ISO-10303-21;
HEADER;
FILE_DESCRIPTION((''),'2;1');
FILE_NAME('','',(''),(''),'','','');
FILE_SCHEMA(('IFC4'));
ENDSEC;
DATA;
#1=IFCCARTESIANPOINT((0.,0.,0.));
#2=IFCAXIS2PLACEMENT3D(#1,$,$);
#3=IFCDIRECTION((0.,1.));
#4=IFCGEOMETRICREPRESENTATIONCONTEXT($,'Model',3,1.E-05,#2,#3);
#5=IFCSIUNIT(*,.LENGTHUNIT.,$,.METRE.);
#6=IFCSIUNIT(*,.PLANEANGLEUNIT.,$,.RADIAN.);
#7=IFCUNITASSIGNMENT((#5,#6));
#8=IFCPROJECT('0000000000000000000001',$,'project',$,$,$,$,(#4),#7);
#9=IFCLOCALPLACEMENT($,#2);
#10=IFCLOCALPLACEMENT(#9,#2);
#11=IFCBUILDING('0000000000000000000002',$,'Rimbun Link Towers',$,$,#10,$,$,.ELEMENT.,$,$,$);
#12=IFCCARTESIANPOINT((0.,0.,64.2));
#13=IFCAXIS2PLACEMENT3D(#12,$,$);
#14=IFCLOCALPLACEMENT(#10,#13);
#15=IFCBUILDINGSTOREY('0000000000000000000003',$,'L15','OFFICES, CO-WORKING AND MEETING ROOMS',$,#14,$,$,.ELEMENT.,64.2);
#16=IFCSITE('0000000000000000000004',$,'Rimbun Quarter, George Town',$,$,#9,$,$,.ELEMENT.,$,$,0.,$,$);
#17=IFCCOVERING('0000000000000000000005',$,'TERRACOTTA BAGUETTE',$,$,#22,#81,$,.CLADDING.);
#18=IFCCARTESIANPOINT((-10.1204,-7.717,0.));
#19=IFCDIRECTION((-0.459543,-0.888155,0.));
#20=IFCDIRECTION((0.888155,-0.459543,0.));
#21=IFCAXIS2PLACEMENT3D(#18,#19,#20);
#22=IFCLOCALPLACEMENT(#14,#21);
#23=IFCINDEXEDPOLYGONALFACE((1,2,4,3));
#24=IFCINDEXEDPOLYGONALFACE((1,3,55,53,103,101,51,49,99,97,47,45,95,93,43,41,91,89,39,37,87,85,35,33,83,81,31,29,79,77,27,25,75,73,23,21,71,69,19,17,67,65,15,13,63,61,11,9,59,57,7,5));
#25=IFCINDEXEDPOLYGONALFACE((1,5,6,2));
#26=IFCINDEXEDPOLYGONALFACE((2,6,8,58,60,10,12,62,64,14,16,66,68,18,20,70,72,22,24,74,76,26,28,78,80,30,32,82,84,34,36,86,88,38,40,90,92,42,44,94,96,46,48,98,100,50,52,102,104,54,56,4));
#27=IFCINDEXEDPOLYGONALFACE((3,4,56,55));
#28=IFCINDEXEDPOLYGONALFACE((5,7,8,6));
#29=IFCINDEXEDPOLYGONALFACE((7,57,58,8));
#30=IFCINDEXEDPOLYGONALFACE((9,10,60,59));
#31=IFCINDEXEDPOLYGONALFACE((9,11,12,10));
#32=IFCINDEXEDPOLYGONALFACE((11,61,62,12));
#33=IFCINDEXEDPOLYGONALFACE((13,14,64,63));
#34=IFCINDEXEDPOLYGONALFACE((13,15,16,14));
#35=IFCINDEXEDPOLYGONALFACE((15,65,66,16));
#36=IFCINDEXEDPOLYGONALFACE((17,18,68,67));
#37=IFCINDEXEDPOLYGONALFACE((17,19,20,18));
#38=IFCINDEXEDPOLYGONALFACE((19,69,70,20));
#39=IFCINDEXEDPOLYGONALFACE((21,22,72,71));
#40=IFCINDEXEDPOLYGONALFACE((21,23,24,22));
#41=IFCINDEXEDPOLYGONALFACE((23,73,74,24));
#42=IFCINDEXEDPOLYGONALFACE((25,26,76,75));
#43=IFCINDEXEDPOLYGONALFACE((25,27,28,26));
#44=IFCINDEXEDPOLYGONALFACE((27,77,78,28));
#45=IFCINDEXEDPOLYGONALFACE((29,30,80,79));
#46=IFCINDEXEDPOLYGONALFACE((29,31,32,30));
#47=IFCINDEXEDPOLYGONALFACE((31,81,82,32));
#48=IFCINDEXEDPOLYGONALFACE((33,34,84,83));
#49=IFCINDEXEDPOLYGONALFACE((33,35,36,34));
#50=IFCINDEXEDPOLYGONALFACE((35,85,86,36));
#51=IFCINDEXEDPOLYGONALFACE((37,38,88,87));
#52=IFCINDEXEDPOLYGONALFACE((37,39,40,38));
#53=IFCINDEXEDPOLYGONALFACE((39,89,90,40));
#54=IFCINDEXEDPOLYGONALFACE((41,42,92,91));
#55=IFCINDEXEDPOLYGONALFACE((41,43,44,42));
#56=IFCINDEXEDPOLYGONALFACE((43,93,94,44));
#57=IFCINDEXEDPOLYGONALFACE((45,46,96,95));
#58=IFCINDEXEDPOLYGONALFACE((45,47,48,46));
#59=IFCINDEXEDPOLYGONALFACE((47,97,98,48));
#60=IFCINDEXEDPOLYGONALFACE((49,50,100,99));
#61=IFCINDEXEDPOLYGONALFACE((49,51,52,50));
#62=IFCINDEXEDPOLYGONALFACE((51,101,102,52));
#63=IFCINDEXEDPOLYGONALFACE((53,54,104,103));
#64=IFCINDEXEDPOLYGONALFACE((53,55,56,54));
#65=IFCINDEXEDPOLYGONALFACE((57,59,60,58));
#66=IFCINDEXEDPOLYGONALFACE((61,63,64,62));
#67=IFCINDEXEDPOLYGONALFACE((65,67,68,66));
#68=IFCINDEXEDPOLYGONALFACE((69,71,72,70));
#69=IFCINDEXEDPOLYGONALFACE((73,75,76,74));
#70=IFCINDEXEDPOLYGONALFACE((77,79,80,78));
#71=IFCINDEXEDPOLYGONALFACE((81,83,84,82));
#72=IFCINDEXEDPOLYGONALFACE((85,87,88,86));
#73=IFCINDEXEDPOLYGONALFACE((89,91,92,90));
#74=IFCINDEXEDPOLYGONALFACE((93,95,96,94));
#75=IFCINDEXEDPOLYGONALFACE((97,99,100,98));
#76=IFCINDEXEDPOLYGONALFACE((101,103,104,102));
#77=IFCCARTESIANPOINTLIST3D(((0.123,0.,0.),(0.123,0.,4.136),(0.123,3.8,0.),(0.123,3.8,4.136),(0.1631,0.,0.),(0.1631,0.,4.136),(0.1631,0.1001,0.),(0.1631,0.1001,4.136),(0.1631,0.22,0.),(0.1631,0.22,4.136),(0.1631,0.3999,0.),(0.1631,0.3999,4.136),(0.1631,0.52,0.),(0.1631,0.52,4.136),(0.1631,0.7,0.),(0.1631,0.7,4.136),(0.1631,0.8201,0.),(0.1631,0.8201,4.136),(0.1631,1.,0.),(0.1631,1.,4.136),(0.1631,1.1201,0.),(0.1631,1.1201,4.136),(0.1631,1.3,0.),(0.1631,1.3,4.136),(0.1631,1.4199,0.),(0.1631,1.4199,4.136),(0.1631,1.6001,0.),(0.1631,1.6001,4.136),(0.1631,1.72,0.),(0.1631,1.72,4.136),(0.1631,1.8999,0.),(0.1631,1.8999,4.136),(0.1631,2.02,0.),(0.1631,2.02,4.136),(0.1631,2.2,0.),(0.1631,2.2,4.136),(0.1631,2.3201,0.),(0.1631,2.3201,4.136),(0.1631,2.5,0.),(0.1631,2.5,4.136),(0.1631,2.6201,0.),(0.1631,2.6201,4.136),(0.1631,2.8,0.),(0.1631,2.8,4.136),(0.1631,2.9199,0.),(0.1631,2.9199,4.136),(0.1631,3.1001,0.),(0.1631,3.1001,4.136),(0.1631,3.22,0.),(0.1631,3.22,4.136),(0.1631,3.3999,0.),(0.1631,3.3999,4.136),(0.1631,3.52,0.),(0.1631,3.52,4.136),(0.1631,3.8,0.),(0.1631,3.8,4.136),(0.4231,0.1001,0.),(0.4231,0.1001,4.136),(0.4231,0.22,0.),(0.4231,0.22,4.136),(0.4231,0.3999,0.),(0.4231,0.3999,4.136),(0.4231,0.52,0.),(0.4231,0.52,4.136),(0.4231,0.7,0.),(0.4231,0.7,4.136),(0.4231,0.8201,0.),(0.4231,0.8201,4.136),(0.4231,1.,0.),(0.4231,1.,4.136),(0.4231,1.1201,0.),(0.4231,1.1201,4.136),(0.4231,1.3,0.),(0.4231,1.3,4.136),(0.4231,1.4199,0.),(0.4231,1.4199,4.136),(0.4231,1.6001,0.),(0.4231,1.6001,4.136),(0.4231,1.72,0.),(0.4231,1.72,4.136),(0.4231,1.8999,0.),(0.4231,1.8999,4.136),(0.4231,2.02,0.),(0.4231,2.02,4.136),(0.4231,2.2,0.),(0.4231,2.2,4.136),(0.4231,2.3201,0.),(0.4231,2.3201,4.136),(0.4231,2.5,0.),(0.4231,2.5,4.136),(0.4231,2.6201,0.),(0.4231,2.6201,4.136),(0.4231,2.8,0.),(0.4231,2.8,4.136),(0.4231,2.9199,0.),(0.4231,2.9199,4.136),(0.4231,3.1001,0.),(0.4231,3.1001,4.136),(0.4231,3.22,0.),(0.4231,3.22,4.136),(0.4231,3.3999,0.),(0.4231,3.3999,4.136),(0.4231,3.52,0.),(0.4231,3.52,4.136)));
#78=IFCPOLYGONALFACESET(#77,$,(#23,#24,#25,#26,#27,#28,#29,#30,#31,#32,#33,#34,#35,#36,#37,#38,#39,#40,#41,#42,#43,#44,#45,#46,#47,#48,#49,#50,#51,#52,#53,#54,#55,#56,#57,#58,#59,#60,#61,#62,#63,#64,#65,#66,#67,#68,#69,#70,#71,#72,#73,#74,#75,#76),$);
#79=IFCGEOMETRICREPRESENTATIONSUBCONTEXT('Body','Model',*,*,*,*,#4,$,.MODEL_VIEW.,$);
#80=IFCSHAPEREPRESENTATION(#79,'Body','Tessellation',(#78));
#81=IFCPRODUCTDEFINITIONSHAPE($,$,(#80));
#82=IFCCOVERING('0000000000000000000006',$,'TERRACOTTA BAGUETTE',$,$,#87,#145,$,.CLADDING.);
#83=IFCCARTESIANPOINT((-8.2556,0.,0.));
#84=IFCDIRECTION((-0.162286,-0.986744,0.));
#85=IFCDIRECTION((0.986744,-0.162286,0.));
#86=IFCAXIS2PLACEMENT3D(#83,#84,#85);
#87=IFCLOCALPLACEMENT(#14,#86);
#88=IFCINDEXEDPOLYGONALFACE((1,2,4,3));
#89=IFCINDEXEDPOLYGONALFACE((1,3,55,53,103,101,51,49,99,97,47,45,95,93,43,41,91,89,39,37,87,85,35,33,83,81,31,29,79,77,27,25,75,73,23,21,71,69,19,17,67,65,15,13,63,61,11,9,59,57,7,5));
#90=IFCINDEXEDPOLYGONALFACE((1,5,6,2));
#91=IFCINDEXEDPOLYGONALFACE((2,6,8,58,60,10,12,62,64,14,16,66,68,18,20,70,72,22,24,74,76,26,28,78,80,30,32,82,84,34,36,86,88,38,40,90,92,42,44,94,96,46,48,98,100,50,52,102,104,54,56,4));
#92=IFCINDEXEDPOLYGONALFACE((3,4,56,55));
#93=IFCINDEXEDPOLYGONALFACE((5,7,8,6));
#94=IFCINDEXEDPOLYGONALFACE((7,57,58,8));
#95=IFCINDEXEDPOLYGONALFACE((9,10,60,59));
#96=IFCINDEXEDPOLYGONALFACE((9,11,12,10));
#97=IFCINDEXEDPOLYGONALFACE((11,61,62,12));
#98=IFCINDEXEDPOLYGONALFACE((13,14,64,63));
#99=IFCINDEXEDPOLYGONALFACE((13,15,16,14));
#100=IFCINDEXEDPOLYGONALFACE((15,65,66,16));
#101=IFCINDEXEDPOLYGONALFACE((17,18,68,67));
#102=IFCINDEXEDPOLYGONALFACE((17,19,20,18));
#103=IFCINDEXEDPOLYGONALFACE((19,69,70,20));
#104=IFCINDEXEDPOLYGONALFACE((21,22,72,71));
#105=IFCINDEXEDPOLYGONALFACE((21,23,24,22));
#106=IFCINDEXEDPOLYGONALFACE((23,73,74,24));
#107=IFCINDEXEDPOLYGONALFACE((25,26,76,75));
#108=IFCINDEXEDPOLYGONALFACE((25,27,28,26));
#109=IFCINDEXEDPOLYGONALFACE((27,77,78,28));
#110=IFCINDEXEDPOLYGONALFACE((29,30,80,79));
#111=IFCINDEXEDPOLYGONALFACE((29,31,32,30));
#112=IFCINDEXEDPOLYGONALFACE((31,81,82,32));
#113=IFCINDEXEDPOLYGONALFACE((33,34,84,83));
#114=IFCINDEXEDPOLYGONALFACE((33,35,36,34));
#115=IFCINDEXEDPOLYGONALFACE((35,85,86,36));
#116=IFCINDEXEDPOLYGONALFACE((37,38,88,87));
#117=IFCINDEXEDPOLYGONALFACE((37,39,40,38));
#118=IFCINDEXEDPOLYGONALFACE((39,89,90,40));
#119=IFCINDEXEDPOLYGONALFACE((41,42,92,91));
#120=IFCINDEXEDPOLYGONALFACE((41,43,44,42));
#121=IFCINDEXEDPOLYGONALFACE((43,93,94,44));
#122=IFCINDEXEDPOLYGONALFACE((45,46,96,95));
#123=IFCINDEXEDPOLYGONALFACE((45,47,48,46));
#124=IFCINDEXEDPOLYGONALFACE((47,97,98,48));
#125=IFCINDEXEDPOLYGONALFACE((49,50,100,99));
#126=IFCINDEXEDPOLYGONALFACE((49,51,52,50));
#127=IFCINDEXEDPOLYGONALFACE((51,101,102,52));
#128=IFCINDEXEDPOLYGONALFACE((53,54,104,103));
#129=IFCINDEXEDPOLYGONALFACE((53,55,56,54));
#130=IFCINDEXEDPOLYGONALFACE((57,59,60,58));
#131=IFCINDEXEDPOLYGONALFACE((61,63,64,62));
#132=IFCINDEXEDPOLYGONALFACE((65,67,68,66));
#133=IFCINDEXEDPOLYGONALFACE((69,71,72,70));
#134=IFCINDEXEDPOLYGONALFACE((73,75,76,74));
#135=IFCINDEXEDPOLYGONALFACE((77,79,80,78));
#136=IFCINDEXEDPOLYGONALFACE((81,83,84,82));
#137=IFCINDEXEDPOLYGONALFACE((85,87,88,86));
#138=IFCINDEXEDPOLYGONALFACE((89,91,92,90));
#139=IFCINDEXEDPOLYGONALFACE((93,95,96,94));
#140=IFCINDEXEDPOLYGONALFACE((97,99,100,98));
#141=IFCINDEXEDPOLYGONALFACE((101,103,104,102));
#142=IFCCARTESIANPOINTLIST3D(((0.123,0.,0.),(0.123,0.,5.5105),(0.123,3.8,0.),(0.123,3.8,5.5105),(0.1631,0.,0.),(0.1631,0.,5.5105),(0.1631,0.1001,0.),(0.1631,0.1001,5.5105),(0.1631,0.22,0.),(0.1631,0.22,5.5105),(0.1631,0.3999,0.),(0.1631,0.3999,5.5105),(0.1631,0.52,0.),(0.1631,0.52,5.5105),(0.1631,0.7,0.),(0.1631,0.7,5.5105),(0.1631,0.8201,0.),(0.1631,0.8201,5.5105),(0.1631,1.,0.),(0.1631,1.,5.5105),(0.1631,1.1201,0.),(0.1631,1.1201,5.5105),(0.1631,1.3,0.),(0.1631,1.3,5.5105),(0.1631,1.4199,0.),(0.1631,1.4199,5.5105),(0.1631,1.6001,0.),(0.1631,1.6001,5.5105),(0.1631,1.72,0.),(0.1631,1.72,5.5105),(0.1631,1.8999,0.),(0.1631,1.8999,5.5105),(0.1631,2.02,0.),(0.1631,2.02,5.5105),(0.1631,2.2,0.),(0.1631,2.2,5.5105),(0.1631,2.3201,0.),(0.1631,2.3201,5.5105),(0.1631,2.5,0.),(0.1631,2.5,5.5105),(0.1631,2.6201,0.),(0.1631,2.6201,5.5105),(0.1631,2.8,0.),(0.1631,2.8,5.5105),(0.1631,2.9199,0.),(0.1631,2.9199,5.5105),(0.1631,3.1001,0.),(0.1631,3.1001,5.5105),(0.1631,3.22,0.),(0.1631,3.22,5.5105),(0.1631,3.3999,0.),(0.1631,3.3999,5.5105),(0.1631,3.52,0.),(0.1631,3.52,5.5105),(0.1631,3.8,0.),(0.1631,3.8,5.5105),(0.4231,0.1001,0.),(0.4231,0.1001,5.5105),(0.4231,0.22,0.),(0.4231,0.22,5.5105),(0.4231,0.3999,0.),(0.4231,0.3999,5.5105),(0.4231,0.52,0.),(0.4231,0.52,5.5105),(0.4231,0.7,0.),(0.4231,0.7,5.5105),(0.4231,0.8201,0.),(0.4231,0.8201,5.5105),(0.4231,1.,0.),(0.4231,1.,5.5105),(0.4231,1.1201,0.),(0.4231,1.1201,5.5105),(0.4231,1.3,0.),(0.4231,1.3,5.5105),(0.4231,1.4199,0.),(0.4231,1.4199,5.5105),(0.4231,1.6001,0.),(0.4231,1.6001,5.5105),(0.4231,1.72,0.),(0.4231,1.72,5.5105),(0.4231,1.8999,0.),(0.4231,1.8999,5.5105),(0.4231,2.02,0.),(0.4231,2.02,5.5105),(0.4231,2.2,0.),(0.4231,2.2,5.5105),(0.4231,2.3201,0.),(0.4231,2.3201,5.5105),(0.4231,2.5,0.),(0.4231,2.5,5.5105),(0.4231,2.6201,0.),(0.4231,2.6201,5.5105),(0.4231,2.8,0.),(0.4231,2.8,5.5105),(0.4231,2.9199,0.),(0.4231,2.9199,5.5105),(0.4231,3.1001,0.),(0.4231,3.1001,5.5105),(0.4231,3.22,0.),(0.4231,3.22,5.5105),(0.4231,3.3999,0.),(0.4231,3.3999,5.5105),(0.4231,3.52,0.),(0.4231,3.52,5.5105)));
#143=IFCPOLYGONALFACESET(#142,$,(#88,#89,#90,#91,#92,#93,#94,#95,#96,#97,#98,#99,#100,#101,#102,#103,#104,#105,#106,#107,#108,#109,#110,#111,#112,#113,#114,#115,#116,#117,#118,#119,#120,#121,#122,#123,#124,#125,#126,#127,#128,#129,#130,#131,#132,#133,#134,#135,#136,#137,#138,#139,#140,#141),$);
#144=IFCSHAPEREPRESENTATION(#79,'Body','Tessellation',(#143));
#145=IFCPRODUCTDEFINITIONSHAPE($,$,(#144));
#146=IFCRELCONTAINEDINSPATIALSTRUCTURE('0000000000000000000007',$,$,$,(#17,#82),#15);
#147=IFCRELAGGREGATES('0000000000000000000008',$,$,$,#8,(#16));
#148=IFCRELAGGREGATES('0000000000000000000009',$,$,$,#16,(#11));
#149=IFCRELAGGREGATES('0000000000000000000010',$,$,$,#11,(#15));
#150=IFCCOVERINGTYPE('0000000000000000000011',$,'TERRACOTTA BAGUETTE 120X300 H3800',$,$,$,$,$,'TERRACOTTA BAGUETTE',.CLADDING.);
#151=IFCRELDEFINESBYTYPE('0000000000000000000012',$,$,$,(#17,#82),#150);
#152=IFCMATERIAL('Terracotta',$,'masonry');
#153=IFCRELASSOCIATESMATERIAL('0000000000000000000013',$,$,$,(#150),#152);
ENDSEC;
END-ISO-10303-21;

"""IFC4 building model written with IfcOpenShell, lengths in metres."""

from ifc_helpers import new_model, si_unit, direction, frame, origin, place, context, subcontext, project, spatial, polyline, outline, extrude, material, material_profile, profile_set, type_object, element, save


model = new_model("IFC4")

# Units and contexts
model_context = context("Model", 3, precision=1e-05, world=origin(), true_north=direction((0.0, 1.0)))
body_context = subcontext(model_context, "Body", "Model", "MODEL_VIEW")
ifc_project = project(units=[si_unit("LENGTHUNIT", "METRE"), si_unit("PLANEANGLEUNIT", "RADIAN")], contexts=[model_context])

# Site, building, storey
site_placement = place(None, origin())
site = spatial("IfcSite", under=ifc_project, at=site_placement, Name="Rimbun Quarter, George Town", CompositionType="ELEMENT", RefElevation=0.0)
building_placement = place(site_placement, origin())
building = spatial("IfcBuilding", under=site, at=building_placement, Name="Rimbun Link Towers", CompositionType="ELEMENT")
storey_placement = place(building_placement, frame((0.0, 0.0, 64.2)))
storey = spatial("IfcBuildingStorey", under=building, at=storey_placement, Name="L15", Description="OFFICES, CO-WORKING AND MEETING ROOMS", CompositionType="ELEMENT", Elevation=64.2)

# Coverings
ifc_material_1 = material(Name="Terracotta", Category="masonry")
ifc_material_profile_1 = material_profile(ifc_material_1, outline(polyline([(0.123, 0.0), (0.1631, 0.0), (0.1631, 0.1001), (0.4231, 0.1001), (0.4231, 0.22), (0.1631, 0.22), (0.1631, 0.3999), (0.4231, 0.3999), (0.4231, 0.52), (0.1631, 0.52), (0.1631, 0.7), (0.4231, 0.7), (0.4231, 0.8201), (0.1631, 0.8201), (0.1631, 1.0), (0.4231, 1.0), (0.4231, 1.1201), (0.1631, 1.1201), (0.1631, 1.3), (0.4231, 1.3), (0.4231, 1.4199), (0.1631, 1.4199), (0.1631, 1.6001), (0.4231, 1.6001), (0.4231, 1.72), (0.1631, 1.72), (0.1631, 1.8999), (0.4231, 1.8999), (0.4231, 2.02), (0.1631, 2.02), (0.1631, 2.2), (0.4231, 2.2), (0.4231, 2.3201), (0.1631, 2.3201), (0.1631, 2.5), (0.4231, 2.5), (0.4231, 2.6201), (0.1631, 2.6201), (0.1631, 2.8), (0.4231, 2.8), (0.4231, 2.9199), (0.1631, 2.9199), (0.1631, 3.1001), (0.4231, 3.1001), (0.4231, 3.22), (0.1631, 3.22), (0.1631, 3.3999), (0.4231, 3.3999), (0.4231, 3.52), (0.1631, 3.52), (0.1631, 3.8), (0.123, 3.8), (0.123, 0.0)])), Name="BAGUETTE 120X300")
ifc_profile_set_1 = profile_set([ifc_material_profile_1], Name="Terracotta")
covering_type = type_object("IfcCoveringType", Name="TERRACOTTA BAGUETTE 120X300 H3800", ElementType="TERRACOTTA BAGUETTE", PredefinedType="CLADDING", material=ifc_profile_set_1)
covering_1_placement = place(storey_placement, frame((-10.1204, -7.717, 0.0), z_axis=(-0.459543, -0.888155, 0.0), x_axis=(0.888155, -0.459543, 0.0)))
element("IfcCovering", 1, at=covering_1_placement, inside=storey, type_object=covering_type, Name="TERRACOTTA BAGUETTE", PredefinedType="CLADDING", context=body_context, shape_type="SweptSolid", body=[
    extrude(outline(polyline([(0.123, 0.0), (0.1631, 0.0), (0.1631, 0.1001), (0.4231, 0.1001), (0.4231, 0.22), (0.1631, 0.22), (0.1631, 0.3999), (0.4231, 0.3999), (0.4231, 0.52), (0.1631, 0.52), (0.1631, 0.7), (0.4231, 0.7), (0.4231, 0.8201), (0.1631, 0.8201), (0.1631, 1.0), (0.4231, 1.0), (0.4231, 1.1201), (0.1631, 1.1201), (0.1631, 1.3), (0.4231, 1.3), (0.4231, 1.4199), (0.1631, 1.4199), (0.1631, 1.6001), (0.4231, 1.6001), (0.4231, 1.72), (0.1631, 1.72), (0.1631, 1.8999), (0.4231, 1.8999), (0.4231, 2.02), (0.1631, 2.02), (0.1631, 2.2), (0.4231, 2.2), (0.4231, 2.3201), (0.1631, 2.3201), (0.1631, 2.5), (0.4231, 2.5), (0.4231, 2.6201), (0.1631, 2.6201), (0.1631, 2.8), (0.4231, 2.8), (0.4231, 2.9199), (0.1631, 2.9199), (0.1631, 3.1001), (0.4231, 3.1001), (0.4231, 3.22), (0.1631, 3.22), (0.1631, 3.3999), (0.4231, 3.3999), (0.4231, 3.52), (0.1631, 3.52), (0.1631, 3.8), (0.123, 3.8), (0.123, 0.0)])), origin(), (0.0, 0.0, 1.0), 4.136),
])
covering_2_placement = place(storey_placement, frame((-8.2556, 0.0, 0.0), z_axis=(-0.162286, -0.986744, 0.0), x_axis=(0.986744, -0.162286, 0.0)))
element("IfcCovering", 2, at=covering_2_placement, inside=storey, type_object=covering_type, Name="TERRACOTTA BAGUETTE", PredefinedType="CLADDING", context=body_context, shape_type="SweptSolid", body=[
    extrude(outline(polyline([(0.123, 0.0), (0.1631, 0.0), (0.1631, 0.1001), (0.4231, 0.1001), (0.4231, 0.22), (0.1631, 0.22), (0.1631, 0.3999), (0.4231, 0.3999), (0.4231, 0.52), (0.1631, 0.52), (0.1631, 0.7), (0.4231, 0.7), (0.4231, 0.8201), (0.1631, 0.8201), (0.1631, 1.0), (0.4231, 1.0), (0.4231, 1.1201), (0.1631, 1.1201), (0.1631, 1.3), (0.4231, 1.3), (0.4231, 1.4199), (0.1631, 1.4199), (0.1631, 1.6001), (0.4231, 1.6001), (0.4231, 1.72), (0.1631, 1.72), (0.1631, 1.8999), (0.4231, 1.8999), (0.4231, 2.02), (0.1631, 2.02), (0.1631, 2.2), (0.4231, 2.2), (0.4231, 2.3201), (0.1631, 2.3201), (0.1631, 2.5), (0.4231, 2.5), (0.4231, 2.6201), (0.1631, 2.6201), (0.1631, 2.8), (0.4231, 2.8), (0.4231, 2.9199), (0.1631, 2.9199), (0.1631, 3.1001), (0.4231, 3.1001), (0.4231, 3.22), (0.1631, 3.22), (0.1631, 3.3999), (0.4231, 3.3999), (0.4231, 3.52), (0.1631, 3.52), (0.1631, 3.8), (0.123, 3.8), (0.123, 0.0)])), origin(), (0.0, 0.0, 1.0), 5.5105),
])

save(model, "model.ifc")
